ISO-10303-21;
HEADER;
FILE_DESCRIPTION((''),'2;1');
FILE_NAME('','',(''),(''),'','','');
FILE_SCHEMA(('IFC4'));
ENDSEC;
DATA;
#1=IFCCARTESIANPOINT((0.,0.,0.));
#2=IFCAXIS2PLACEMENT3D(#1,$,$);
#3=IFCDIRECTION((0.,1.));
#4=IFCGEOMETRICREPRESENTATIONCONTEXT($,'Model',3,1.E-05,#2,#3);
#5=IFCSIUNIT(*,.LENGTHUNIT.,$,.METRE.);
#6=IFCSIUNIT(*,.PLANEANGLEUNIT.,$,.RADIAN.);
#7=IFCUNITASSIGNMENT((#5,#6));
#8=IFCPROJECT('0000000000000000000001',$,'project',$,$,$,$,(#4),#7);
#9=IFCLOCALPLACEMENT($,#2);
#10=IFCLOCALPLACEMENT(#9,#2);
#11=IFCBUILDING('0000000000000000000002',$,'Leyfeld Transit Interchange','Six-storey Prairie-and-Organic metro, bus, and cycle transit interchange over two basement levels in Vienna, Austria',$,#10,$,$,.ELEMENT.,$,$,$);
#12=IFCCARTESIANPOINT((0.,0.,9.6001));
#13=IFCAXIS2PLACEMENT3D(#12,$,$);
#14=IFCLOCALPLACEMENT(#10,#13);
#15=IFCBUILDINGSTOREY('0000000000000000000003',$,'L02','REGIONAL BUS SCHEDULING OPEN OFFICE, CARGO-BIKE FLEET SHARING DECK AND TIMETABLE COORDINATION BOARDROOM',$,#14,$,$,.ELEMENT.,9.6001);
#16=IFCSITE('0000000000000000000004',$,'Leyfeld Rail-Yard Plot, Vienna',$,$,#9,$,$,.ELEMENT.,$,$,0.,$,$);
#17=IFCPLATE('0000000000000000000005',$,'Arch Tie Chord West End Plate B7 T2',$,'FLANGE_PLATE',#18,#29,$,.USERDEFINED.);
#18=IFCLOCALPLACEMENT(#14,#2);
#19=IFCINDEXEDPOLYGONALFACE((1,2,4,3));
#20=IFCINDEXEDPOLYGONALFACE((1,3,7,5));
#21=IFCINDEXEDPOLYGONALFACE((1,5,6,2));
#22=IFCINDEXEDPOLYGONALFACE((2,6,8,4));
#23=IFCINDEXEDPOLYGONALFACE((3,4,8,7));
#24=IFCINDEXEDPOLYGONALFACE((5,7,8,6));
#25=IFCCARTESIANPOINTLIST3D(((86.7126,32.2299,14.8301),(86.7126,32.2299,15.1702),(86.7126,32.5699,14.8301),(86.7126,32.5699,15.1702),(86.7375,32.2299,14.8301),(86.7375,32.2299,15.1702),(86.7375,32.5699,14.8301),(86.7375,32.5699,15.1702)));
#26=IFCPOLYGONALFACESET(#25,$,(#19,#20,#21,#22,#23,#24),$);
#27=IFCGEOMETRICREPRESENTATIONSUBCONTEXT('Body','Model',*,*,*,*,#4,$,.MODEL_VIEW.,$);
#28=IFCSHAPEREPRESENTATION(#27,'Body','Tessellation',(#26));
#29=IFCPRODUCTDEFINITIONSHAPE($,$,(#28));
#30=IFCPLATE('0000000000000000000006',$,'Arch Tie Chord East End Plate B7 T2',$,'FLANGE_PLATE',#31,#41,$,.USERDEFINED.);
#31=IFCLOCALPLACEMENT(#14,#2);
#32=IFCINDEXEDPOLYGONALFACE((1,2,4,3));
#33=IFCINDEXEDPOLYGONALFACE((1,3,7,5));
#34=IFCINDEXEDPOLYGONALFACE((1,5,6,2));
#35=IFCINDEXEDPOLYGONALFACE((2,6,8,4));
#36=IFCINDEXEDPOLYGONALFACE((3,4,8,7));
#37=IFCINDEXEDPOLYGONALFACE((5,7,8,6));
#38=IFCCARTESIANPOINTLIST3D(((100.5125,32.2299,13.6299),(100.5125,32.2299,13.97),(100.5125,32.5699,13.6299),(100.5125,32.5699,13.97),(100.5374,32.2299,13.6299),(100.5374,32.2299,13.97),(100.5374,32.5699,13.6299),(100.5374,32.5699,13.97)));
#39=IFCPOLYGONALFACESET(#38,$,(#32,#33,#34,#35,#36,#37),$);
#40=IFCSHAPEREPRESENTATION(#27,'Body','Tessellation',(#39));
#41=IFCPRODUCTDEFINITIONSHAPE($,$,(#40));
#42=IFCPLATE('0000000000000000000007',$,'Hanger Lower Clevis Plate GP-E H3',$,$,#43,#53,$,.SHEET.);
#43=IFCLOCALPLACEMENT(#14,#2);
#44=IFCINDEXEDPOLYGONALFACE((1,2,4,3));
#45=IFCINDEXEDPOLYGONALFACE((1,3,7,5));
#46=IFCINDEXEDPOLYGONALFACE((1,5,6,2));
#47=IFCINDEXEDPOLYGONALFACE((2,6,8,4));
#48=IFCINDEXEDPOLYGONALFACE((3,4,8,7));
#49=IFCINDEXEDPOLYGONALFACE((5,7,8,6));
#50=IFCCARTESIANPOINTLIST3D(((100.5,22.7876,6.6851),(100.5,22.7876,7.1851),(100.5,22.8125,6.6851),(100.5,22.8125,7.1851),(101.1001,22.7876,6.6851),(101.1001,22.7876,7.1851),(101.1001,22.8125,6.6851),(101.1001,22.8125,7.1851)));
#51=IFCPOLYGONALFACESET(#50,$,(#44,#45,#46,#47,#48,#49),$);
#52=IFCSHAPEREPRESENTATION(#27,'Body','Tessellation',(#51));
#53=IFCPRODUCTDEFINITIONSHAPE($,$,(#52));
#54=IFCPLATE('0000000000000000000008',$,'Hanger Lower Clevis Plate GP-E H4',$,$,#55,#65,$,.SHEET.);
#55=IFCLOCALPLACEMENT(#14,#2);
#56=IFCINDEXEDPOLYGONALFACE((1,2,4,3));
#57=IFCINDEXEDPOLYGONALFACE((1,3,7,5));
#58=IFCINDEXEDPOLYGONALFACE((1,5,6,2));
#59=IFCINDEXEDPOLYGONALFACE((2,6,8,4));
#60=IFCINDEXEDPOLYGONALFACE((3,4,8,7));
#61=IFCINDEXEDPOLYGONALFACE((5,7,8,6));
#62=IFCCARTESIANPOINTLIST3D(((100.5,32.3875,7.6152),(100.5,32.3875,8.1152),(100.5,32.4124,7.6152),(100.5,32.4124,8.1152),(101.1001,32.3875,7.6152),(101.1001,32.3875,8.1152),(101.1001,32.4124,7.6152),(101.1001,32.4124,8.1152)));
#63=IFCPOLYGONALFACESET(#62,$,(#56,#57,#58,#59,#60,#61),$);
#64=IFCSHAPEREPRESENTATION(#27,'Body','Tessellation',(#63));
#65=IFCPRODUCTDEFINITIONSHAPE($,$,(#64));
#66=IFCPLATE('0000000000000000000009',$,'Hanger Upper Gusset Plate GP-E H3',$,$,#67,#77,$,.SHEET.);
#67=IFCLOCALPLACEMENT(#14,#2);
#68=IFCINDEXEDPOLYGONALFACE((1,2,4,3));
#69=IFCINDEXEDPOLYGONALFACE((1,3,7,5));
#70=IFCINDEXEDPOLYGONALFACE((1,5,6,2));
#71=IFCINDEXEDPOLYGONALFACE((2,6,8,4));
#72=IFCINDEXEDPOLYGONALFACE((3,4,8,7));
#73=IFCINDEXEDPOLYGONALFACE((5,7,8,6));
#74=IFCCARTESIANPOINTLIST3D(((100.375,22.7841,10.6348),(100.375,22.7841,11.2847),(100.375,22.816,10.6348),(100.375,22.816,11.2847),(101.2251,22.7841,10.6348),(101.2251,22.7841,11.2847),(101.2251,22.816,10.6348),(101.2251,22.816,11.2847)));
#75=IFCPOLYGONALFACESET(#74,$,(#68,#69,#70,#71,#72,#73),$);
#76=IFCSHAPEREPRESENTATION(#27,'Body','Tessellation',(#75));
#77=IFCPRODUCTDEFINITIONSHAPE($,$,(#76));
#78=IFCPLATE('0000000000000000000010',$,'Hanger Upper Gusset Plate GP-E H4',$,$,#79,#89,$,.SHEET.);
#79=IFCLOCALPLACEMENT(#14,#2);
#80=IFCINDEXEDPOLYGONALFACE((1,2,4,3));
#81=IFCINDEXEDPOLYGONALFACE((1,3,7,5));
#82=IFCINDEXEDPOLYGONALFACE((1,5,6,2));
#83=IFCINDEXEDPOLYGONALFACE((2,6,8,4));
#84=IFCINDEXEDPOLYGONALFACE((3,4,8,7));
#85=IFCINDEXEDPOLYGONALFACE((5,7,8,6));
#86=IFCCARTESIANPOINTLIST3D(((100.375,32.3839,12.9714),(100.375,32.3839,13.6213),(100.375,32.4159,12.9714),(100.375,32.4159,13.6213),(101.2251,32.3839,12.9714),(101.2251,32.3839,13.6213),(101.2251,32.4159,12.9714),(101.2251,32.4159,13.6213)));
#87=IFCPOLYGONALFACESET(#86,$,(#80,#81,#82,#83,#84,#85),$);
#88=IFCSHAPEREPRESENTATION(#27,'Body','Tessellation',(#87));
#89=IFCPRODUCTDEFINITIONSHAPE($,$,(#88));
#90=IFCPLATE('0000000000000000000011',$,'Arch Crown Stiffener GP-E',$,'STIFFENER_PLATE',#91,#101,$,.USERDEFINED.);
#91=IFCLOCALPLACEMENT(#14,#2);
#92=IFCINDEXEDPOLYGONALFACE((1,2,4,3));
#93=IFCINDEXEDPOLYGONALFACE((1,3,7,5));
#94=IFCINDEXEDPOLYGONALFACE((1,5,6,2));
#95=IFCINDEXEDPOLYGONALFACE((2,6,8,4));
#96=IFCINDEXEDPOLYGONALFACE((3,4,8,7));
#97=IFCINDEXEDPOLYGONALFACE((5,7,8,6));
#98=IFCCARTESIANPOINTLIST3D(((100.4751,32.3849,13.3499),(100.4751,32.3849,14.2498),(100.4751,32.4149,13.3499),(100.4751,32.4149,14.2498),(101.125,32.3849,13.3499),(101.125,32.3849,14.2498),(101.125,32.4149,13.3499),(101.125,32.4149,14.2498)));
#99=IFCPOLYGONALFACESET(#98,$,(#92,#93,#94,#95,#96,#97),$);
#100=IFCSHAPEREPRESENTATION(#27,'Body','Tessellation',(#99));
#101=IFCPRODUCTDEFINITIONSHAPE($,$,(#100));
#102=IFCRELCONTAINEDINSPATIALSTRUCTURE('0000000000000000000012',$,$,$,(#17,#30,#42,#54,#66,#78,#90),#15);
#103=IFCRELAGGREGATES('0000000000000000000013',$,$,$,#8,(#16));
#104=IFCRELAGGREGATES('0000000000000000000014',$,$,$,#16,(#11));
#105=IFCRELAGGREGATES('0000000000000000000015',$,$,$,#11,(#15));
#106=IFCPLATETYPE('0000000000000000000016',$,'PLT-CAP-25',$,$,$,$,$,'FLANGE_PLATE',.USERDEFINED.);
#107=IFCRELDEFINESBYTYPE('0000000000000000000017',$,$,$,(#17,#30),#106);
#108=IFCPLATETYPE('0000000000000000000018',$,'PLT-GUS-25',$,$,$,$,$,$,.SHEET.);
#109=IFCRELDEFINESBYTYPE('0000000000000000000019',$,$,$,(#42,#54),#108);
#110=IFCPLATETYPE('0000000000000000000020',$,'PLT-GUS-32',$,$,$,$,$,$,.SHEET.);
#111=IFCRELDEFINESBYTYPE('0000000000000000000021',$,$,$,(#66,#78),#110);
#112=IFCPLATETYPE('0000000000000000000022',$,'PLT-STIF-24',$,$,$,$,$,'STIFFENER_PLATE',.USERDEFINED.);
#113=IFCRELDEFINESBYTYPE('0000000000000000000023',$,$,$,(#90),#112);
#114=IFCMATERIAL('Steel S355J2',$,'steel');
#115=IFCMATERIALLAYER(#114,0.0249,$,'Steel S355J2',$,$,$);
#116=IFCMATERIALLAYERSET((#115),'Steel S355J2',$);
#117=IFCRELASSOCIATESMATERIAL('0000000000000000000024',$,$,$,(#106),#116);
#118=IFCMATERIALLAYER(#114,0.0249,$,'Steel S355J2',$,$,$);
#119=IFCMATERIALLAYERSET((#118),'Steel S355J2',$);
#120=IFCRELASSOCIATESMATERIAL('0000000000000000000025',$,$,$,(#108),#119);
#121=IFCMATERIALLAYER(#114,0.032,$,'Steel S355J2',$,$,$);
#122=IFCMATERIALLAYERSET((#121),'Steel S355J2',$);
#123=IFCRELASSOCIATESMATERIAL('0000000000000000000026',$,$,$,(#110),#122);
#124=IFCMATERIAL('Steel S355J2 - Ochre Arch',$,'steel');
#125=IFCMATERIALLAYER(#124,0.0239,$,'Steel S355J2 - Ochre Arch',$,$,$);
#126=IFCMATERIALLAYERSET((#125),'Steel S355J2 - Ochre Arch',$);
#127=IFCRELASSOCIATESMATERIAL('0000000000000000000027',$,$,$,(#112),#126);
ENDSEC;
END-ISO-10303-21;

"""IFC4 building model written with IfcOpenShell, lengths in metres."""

from ifc_helpers import new_model, si_unit, direction, frame, origin, origin_2d, place, context, subcontext, project, spatial, rectangle, extrude, material, layer, layer_set, type_object, element, save


model = new_model("IFC4")

# Units and contexts
model_context = context("Model", 3, precision=1e-05, world=origin(), true_north=direction((0.0, 1.0)))
body_context = subcontext(model_context, "Body", "Model", "MODEL_VIEW")
ifc_project = project(units=[si_unit("LENGTHUNIT", "METRE"), si_unit("PLANEANGLEUNIT", "RADIAN")], contexts=[model_context])

# Site, building, storey
site_placement = place(None, origin())
site = spatial("IfcSite", under=ifc_project, at=site_placement, Name="Leyfeld Rail-Yard Plot, Vienna", CompositionType="ELEMENT", RefElevation=0.0)
building_placement = place(site_placement, origin())
building = spatial("IfcBuilding", under=site, at=building_placement, Name="Leyfeld Transit Interchange", Description="Six-storey Prairie-and-Organic metro, bus, and cycle transit interchange over two basement levels in Vienna, Austria", CompositionType="ELEMENT")
storey_placement = place(building_placement, frame((0.0, 0.0, 9.6001)))
storey = spatial("IfcBuildingStorey", under=building, at=storey_placement, Name="L02", Description="REGIONAL BUS SCHEDULING OPEN OFFICE, CARGO-BIKE FLEET SHARING DECK AND TIMETABLE COORDINATION BOARDROOM", CompositionType="ELEMENT", Elevation=9.6001)

# Shared definitions
ifc_material_1 = material(Name="Steel S355J2 - Ochre Arch", Category="steel")
ifc_material_2 = material(Name="Steel S355J2", Category="steel")

# Plates
ifc_layer_1 = layer(ifc_material_2, 0.0249, Name="Steel S355J2")
ifc_layer_set_1 = layer_set([ifc_layer_1], Name="Steel S355J2")
plate_type_1 = type_object("IfcPlateType", Name="PLT-CAP-25", ElementType="FLANGE_PLATE", PredefinedType="USERDEFINED", material=ifc_layer_set_1)
for number, where, z_axis, x_axis, name in (
    (1, (86.7251, 32.3999, 14.8301), (0.0, 0.0, 1.0), (0.0, 1.0, 0.0), "Arch Tie Chord West End Plate B7 T2"),
    (2, (100.5249, 32.3999, 13.6299), (0.0, 0.0, 1.0), (0.0, 1.0, 0.0), "Arch Tie Chord East End Plate B7 T2"),
):
    element("IfcPlate", number, at=place(storey_placement, frame(where, z_axis=z_axis, x_axis=x_axis)), inside=storey, type_object=plate_type_1, Name=name, ObjectType="FLANGE_PLATE", PredefinedType="USERDEFINED", context=body_context, shape_type="SweptSolid", body=[
        extrude(rectangle(XDim=0.3401, YDim=0.0249, at=origin_2d()), origin(), (0.0, 0.0, 1.0), 0.3401),
    ])
ifc_layer_2 = layer(ifc_material_2, 0.0249, Name="Steel S355J2")
ifc_layer_set_2 = layer_set([ifc_layer_2], Name="Steel S355J2")
plate_type_2 = type_object("IfcPlateType", Name="PLT-GUS-25", PredefinedType="SHEET", material=ifc_layer_set_2)
for number, where, z_axis, x_axis, name in (
    (3, (100.8, 22.8, 6.6851), (0.0, 0.0, 1.0), (1.0, 0.0, 0.0), "Hanger Lower Clevis Plate GP-E H3"),
    (4, (100.8, 32.3999, 7.6152), (0.0, 0.0, 1.0), (1.0, 0.0, 0.0), "Hanger Lower Clevis Plate GP-E H4"),
):
    element("IfcPlate", number, at=place(storey_placement, frame(where, z_axis=z_axis, x_axis=x_axis)), inside=storey, type_object=plate_type_2, Name=name, PredefinedType="SHEET", context=body_context, shape_type="SweptSolid", body=[
        extrude(rectangle(XDim=0.6001, YDim=0.0249, at=origin_2d()), origin(), (0.0, 0.0, 1.0), 0.5),
    ])
ifc_layer_3 = layer(ifc_material_2, 0.032, Name="Steel S355J2")
ifc_layer_set_3 = layer_set([ifc_layer_3], Name="Steel S355J2")
plate_type_3 = type_object("IfcPlateType", Name="PLT-GUS-32", PredefinedType="SHEET", material=ifc_layer_set_3)
for number, where, z_axis, x_axis, name in (
    (5, (100.8, 22.8, 10.6348), (0.0, 0.0, 1.0), (1.0, 0.0, 0.0), "Hanger Upper Gusset Plate GP-E H3"),
    (6, (100.8, 32.3999, 12.9714), (0.0, 0.0, 1.0), (1.0, 0.0, 0.0), "Hanger Upper Gusset Plate GP-E H4"),
):
    element("IfcPlate", number, at=place(storey_placement, frame(where, z_axis=z_axis, x_axis=x_axis)), inside=storey, type_object=plate_type_3, Name=name, PredefinedType="SHEET", context=body_context, shape_type="SweptSolid", body=[
        extrude(rectangle(XDim=0.8501, YDim=0.032, at=origin_2d()), origin(), (0.0, 0.0, 1.0), 0.6499),
    ])
ifc_layer_4 = layer(ifc_material_1, 0.0239, Name="Steel S355J2 - Ochre Arch")
ifc_layer_set_4 = layer_set([ifc_layer_4], Name="Steel S355J2 - Ochre Arch")
plate_type_4 = type_object("IfcPlateType", Name="PLT-STIF-24", ElementType="STIFFENER_PLATE", PredefinedType="USERDEFINED", material=ifc_layer_set_4)
plate_1_placement = place(storey_placement, frame((100.8, 32.3999, 13.3499), z_axis=(0.0, 0.0, 1.0), x_axis=(1.0, 0.0, 0.0)))
element("IfcPlate", 7, at=plate_1_placement, inside=storey, type_object=plate_type_4, Name="Arch Crown Stiffener GP-E", ObjectType="STIFFENER_PLATE", PredefinedType="USERDEFINED", context=body_context, shape_type="SweptSolid", body=[
    extrude(rectangle(XDim=0.6499, YDim=0.03, at=origin_2d()), origin(), (0.0, 0.0, 1.0), 0.8999),
])

save(model, "model.ifc")
